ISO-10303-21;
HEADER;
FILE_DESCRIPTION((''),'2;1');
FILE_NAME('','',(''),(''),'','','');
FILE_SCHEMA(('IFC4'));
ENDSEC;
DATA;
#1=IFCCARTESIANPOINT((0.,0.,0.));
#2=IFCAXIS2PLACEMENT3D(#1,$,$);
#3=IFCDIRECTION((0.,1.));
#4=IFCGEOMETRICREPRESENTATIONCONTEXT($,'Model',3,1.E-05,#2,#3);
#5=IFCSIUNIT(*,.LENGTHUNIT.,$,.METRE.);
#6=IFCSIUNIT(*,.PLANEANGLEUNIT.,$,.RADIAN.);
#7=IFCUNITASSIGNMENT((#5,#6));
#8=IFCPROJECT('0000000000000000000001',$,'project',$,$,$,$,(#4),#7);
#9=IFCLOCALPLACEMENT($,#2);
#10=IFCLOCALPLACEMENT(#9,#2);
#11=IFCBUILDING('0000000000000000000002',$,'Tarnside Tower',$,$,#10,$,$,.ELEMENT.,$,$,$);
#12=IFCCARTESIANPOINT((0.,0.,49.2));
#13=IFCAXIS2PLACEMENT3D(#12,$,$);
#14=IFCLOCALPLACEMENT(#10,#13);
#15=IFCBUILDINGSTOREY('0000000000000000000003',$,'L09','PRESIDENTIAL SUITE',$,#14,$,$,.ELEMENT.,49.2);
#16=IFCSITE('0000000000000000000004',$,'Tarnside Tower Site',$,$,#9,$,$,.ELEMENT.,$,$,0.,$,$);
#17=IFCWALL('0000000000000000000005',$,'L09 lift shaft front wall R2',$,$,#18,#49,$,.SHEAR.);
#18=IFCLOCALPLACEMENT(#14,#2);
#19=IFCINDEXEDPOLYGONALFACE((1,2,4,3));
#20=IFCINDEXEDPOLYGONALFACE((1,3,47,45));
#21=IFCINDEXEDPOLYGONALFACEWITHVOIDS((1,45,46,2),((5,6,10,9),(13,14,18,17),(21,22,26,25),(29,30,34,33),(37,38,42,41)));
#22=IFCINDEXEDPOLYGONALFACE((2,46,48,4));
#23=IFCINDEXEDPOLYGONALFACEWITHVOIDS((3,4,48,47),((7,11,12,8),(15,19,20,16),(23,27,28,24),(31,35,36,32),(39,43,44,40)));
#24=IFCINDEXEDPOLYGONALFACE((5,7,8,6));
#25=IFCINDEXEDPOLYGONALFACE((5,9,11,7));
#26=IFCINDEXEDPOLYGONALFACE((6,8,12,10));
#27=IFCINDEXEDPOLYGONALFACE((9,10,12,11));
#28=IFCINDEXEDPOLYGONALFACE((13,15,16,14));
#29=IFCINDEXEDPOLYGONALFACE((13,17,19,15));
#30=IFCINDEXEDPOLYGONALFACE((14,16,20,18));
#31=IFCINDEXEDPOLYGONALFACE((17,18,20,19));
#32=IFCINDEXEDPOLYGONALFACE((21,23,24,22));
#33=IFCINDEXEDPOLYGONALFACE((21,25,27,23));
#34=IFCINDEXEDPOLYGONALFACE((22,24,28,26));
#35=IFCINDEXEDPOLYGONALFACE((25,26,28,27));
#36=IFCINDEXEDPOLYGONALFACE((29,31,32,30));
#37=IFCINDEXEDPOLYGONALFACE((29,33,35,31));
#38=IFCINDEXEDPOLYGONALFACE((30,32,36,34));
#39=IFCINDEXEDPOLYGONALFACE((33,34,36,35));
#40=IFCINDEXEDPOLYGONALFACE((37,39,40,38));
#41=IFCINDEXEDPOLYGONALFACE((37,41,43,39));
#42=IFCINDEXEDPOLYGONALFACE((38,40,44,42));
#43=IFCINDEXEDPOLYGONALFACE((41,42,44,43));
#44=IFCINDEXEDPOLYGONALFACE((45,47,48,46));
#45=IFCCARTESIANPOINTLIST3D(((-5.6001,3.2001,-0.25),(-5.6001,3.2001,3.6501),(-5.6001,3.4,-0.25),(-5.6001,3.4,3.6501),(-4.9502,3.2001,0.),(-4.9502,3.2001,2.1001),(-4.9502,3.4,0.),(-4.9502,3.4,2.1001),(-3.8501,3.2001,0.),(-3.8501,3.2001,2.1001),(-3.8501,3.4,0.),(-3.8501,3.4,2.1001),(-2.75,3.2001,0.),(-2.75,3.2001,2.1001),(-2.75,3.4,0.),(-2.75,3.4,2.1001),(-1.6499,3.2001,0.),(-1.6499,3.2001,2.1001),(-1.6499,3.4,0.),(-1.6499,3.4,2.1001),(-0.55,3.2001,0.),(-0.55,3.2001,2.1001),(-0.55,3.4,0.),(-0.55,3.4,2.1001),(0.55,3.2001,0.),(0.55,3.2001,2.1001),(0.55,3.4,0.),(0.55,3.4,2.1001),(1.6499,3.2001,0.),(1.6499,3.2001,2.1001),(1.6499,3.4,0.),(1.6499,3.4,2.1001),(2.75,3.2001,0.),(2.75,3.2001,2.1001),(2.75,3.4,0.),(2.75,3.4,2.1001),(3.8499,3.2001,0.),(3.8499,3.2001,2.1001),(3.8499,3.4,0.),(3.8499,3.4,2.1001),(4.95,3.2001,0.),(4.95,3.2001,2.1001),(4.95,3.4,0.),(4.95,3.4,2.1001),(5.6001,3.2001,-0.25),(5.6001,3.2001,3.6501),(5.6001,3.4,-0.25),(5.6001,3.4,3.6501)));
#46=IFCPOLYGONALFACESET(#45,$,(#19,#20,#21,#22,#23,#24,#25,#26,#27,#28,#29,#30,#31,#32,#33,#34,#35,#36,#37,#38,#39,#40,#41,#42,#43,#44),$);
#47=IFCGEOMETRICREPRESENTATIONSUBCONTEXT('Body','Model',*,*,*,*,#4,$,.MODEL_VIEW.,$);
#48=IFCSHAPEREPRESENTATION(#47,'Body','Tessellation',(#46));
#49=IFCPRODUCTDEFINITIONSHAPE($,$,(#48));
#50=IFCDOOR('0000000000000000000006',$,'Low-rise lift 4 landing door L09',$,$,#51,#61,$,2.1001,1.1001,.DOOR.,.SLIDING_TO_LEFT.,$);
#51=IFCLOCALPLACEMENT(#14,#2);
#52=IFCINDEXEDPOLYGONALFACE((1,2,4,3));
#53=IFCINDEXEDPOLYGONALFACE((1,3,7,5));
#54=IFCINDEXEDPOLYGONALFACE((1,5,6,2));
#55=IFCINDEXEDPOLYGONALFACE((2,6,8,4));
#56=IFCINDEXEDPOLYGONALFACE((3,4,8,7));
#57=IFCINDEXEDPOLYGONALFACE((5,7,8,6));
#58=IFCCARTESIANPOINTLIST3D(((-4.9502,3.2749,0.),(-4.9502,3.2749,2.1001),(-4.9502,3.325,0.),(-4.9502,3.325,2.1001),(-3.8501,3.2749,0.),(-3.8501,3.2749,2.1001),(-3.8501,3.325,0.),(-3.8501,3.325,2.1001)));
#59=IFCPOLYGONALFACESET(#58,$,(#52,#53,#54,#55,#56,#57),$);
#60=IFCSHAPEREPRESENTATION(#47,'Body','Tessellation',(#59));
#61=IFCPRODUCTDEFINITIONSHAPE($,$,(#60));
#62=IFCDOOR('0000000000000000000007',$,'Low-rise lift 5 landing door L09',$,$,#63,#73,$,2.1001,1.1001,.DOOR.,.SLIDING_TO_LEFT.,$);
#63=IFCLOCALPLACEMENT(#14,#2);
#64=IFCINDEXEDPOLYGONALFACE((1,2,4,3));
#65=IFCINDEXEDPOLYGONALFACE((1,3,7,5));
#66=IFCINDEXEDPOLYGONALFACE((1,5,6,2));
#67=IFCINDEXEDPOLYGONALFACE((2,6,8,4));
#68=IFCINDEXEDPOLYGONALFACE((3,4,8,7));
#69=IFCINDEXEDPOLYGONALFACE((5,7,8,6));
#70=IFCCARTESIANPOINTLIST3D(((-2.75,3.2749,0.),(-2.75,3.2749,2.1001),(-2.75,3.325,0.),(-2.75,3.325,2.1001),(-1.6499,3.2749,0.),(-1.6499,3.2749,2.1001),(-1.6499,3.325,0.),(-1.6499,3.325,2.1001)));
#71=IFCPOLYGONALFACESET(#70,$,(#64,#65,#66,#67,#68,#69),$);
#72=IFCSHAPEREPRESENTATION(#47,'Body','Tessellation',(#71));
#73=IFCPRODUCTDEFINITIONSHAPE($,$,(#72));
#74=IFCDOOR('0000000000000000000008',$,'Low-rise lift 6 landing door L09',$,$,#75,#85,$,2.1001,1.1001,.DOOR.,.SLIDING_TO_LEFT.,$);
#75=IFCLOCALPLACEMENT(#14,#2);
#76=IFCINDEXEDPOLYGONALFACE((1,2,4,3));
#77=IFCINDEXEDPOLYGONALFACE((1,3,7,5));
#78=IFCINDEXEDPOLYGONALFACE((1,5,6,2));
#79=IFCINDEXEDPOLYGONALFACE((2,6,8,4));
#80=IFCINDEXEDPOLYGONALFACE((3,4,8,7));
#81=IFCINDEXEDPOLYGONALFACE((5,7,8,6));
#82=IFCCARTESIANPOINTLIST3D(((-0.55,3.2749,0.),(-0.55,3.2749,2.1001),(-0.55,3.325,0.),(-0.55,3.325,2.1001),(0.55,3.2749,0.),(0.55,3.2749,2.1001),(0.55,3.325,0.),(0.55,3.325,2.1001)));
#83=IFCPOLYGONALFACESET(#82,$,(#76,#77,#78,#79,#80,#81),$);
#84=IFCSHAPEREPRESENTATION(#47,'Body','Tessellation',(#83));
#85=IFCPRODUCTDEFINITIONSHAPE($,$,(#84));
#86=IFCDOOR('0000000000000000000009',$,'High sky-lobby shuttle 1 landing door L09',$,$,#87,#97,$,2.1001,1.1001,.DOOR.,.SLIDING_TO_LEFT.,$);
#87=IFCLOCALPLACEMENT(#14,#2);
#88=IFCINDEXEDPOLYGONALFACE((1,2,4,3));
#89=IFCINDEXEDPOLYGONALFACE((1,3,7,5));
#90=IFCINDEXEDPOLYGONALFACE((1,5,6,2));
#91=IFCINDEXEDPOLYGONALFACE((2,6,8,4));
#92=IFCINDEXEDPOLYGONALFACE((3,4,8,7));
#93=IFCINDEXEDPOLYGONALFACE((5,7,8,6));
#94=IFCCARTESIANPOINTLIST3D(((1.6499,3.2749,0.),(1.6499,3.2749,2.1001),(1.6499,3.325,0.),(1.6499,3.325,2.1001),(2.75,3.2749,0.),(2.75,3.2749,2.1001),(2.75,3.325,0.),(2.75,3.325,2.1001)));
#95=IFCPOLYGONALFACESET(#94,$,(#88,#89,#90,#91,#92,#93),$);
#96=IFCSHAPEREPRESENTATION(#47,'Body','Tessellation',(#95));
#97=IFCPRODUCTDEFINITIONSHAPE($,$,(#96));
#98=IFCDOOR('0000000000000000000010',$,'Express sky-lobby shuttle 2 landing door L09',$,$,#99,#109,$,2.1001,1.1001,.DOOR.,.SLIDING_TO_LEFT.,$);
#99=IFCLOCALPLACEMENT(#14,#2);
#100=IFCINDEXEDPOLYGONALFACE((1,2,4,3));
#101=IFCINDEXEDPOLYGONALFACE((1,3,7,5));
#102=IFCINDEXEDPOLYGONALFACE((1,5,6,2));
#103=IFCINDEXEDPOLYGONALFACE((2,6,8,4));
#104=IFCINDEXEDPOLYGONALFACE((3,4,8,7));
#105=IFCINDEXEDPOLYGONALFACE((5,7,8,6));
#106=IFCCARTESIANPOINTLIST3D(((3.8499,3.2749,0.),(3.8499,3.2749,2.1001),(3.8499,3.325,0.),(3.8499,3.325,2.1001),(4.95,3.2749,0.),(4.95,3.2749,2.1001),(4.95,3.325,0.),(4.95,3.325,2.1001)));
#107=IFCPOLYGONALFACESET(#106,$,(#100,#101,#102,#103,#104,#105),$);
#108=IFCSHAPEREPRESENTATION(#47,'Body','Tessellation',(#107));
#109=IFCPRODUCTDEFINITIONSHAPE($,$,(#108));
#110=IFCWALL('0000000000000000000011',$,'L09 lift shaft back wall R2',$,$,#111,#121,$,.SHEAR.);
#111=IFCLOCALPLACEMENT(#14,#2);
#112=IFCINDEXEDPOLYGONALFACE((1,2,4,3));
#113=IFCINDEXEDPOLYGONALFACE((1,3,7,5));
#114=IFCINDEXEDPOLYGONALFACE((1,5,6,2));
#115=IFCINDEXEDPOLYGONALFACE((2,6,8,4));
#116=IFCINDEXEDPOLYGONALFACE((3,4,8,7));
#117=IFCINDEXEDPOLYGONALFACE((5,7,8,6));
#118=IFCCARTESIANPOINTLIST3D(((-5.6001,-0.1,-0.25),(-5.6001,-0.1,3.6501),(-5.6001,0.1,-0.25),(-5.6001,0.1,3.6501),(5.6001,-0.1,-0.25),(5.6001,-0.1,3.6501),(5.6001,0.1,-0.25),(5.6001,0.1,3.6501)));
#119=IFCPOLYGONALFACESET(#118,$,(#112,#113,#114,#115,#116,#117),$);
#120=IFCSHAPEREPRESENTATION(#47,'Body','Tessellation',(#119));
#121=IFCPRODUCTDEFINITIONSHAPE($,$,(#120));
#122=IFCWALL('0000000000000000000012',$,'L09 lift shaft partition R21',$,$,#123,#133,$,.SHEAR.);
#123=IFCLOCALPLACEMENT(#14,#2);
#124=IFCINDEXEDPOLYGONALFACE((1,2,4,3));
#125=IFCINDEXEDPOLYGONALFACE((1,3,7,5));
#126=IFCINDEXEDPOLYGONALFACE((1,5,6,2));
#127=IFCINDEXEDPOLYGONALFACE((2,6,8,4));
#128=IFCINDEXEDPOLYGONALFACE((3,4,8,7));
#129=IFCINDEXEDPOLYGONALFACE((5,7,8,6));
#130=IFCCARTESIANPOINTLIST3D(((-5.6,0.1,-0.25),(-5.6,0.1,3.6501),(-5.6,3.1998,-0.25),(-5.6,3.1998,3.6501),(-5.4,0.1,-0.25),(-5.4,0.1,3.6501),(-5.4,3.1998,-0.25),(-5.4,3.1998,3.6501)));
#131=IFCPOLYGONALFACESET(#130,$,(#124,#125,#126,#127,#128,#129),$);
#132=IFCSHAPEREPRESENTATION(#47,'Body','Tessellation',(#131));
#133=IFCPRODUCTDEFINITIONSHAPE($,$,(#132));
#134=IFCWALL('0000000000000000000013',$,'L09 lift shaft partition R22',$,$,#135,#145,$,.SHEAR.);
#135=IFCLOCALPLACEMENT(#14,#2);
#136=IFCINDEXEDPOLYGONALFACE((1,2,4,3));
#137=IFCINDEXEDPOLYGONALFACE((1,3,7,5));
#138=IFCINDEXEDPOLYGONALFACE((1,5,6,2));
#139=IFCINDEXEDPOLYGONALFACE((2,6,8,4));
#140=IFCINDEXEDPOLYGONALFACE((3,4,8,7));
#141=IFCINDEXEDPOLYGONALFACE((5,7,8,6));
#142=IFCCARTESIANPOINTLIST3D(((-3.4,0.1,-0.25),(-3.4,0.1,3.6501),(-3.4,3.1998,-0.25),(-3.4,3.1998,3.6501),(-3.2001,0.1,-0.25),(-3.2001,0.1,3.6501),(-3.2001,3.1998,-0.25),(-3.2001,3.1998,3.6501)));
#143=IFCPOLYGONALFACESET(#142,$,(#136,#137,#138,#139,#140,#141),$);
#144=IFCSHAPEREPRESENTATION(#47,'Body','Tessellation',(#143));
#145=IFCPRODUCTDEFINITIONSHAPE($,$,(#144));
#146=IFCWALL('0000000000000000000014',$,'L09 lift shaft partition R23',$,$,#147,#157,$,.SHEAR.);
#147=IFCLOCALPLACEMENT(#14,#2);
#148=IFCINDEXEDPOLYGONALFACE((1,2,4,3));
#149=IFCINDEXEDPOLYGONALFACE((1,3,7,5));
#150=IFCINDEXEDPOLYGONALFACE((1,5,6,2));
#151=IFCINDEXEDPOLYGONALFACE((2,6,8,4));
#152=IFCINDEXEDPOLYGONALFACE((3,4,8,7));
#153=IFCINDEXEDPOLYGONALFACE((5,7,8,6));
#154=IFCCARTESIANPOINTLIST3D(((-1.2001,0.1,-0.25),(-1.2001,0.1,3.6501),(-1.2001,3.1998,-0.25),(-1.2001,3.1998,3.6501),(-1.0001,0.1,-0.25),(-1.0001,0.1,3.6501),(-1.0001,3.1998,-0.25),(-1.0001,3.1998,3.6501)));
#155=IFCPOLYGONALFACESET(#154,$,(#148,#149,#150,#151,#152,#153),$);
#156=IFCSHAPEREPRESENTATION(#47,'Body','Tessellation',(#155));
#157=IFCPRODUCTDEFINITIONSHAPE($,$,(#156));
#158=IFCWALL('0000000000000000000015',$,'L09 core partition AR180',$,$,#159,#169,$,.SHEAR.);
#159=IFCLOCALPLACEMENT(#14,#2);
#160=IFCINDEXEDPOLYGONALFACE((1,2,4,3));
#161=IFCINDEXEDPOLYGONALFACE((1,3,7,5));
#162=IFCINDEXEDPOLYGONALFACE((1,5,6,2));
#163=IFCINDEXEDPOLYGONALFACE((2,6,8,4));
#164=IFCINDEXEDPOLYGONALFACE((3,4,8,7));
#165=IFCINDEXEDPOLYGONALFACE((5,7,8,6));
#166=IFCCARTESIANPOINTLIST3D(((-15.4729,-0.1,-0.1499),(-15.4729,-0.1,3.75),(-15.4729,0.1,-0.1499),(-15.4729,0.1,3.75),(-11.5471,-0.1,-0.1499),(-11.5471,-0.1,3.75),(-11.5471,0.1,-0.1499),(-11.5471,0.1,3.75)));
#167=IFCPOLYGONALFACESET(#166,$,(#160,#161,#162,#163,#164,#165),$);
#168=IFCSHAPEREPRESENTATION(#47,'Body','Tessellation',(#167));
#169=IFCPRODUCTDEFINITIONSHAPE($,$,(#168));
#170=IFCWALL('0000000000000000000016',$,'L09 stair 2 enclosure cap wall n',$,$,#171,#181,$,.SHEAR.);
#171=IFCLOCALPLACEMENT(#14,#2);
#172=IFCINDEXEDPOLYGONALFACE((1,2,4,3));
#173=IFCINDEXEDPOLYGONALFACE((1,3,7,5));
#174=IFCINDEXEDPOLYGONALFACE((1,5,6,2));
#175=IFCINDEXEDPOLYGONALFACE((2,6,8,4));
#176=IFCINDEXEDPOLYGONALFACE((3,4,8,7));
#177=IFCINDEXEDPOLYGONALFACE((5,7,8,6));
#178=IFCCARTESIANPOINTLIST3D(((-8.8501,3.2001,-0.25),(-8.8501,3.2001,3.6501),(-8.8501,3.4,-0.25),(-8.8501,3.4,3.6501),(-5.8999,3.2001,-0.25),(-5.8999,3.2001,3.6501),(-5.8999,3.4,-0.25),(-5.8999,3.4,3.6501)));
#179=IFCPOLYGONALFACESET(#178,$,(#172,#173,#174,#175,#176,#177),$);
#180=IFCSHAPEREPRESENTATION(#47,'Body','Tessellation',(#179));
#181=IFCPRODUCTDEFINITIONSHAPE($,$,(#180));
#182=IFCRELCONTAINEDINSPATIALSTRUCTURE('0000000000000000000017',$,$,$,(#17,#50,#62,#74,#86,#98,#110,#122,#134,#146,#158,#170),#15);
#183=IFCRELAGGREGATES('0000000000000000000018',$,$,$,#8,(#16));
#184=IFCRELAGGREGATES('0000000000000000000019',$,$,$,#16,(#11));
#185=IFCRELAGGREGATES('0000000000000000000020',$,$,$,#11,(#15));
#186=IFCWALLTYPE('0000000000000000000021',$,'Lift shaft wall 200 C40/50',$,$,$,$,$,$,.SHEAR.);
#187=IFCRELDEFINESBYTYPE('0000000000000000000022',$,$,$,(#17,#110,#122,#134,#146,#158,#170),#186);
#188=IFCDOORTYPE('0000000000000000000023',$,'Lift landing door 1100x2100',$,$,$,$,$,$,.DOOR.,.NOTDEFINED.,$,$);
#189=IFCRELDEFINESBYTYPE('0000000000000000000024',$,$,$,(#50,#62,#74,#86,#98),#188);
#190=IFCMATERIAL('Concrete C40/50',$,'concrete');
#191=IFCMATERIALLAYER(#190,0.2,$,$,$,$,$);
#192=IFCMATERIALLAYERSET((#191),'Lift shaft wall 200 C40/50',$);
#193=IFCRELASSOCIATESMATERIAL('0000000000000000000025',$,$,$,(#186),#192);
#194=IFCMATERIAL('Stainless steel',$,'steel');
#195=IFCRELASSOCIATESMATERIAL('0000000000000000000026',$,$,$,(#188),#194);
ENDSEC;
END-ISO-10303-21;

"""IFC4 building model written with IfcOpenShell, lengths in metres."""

from ifc_helpers import new_model, si_unit, direction, frame, frame_2d, origin, place, context, subcontext, project, spatial, rectangle, extrude, material, layer, layer_set, type_object, element, fill, save


model = new_model("IFC4")

# Units and contexts
model_context = context("Model", 3, precision=1e-05, world=origin(), true_north=direction((0.0, 1.0)))
body_context = subcontext(model_context, "Body", "Model", "MODEL_VIEW")
ifc_project = project(units=[si_unit("LENGTHUNIT", "METRE"), si_unit("PLANEANGLEUNIT", "RADIAN")], contexts=[model_context])

# Site, building, storey
site_placement = place(None, origin())
site = spatial("IfcSite", under=ifc_project, at=site_placement, Name="Tarnside Tower Site", CompositionType="ELEMENT", RefElevation=0.0)
building_placement = place(site_placement, origin())
building = spatial("IfcBuilding", under=site, at=building_placement, Name="Tarnside Tower", CompositionType="ELEMENT")
storey_placement = place(building_placement, frame((0.0, 0.0, 49.2)))
storey = spatial("IfcBuildingStorey", under=building, at=storey_placement, Name="L09", Description="PRESIDENTIAL SUITE", CompositionType="ELEMENT", Elevation=49.2)

# Wall, openings, doors
ifc_material_1 = material(Name="Concrete C40/50", Category="concrete")
ifc_layer_1 = layer(ifc_material_1, 0.2)
ifc_layer_set_1 = layer_set([ifc_layer_1], Name="Lift shaft wall 200 C40/50")
wall_type_1 = type_object("IfcWallType", Name="Lift shaft wall 200 C40/50", PredefinedType="SHEAR", material=ifc_layer_set_1)
wall_1_placement = place(storey_placement, frame((-5.6001, 3.3, -0.25), z_axis=(0.0, 0.0, 1.0), x_axis=(1.0, 0.0, 0.0)))
wall_1 = element("IfcWall", 1, at=wall_1_placement, inside=storey, type_object=wall_type_1, Name="L09 lift shaft front wall R2", PredefinedType="SHEAR", context=body_context, shape_type="SweptSolid", body=[
    extrude(rectangle(XDim=11.2002, YDim=0.2, at=frame_2d((5.6001, 0.0))), origin(), (0.0, 0.0, 1.0), 3.9001),
])
opening_1_placement = place(wall_1_placement, frame((0.6499, 0.0, 0.25)))
opening_1 = element("IfcOpeningElement", 2, at=opening_1_placement, cuts=wall_1, PredefinedType="OPENING", context=body_context, shape_type="SweptSolid", body=[
    extrude(rectangle(XDim=1.1001, YDim=2.1001, at=frame_2d((0.55, 1.05))), frame((0.0, 0.1099, 0.0), z_axis=(0.0, -1.0, 0.0), x_axis=(1.0, 0.0, 0.0)), (0.0, 0.0, 1.0), 0.22),
])
opening_2_placement = place(wall_1_placement, frame((2.8501, 0.0, 0.25)))
opening_2 = element("IfcOpeningElement", 3, at=opening_2_placement, cuts=wall_1, PredefinedType="OPENING", context=body_context, shape_type="SweptSolid", body=[
    extrude(rectangle(XDim=1.1001, YDim=2.1001, at=frame_2d((0.55, 1.05))), frame((0.0, 0.1099, 0.0), z_axis=(0.0, -1.0, 0.0), x_axis=(1.0, 0.0, 0.0)), (0.0, 0.0, 1.0), 0.22),
])
opening_3_placement = place(wall_1_placement, frame((5.05, 0.0, 0.25)))
opening_3 = element("IfcOpeningElement", 4, at=opening_3_placement, cuts=wall_1, PredefinedType="OPENING", context=body_context, shape_type="SweptSolid", body=[
    extrude(rectangle(XDim=1.1001, YDim=2.1001, at=frame_2d((0.55, 1.05))), frame((0.0, 0.1099, 0.0), z_axis=(0.0, -1.0, 0.0), x_axis=(1.0, 0.0, 0.0)), (0.0, 0.0, 1.0), 0.22),
])
opening_4_placement = place(wall_1_placement, frame((7.25, 0.0, 0.25)))
opening_4 = element("IfcOpeningElement", 5, at=opening_4_placement, cuts=wall_1, PredefinedType="OPENING", context=body_context, shape_type="SweptSolid", body=[
    extrude(rectangle(XDim=1.1001, YDim=2.1001, at=frame_2d((0.55, 1.05))), frame((0.0, 0.1099, 0.0), z_axis=(0.0, -1.0, 0.0), x_axis=(1.0, 0.0, 0.0)), (0.0, 0.0, 1.0), 0.22),
])
opening_5_placement = place(wall_1_placement, frame((9.45, 0.0, 0.25)))
opening_5 = element("IfcOpeningElement", 6, at=opening_5_placement, cuts=wall_1, PredefinedType="OPENING", context=body_context, shape_type="SweptSolid", body=[
    extrude(rectangle(XDim=1.1001, YDim=2.1001, at=frame_2d((0.55, 1.05))), frame((0.0, 0.1099, 0.0), z_axis=(0.0, -1.0, 0.0), x_axis=(1.0, 0.0, 0.0)), (0.0, 0.0, 1.0), 0.22),
])
ifc_material_2 = material(Name="Stainless steel", Category="steel")
door_type_1 = type_object("IfcDoorType", Name="Lift landing door 1100x2100", OperationType="NOTDEFINED", PredefinedType="DOOR", material=ifc_material_2)
door_1_placement = place(opening_1_placement, origin())
door_1 = element("IfcDoor", 7, at=door_1_placement, inside=storey, type_object=door_type_1, Name="Low-rise lift 4 landing door L09", OperationType="SLIDING_TO_LEFT", OverallHeight=2.1001, OverallWidth=1.1001, PredefinedType="DOOR", context=body_context, shape_type="SweptSolid", body=[
    extrude(rectangle(XDim=1.1001, YDim=2.1001, at=frame_2d((0.55, 1.05))), frame((0.0, 0.0249, 0.0), z_axis=(0.0, -1.0, 0.0), x_axis=(1.0, 0.0, 0.0)), (0.0, 0.0, 1.0), 0.05),
])
fill(opening_1, door_1)
door_2_placement = place(opening_2_placement, origin())
door_2 = element("IfcDoor", 8, at=door_2_placement, inside=storey, type_object=door_type_1, Name="Low-rise lift 5 landing door L09", OperationType="SLIDING_TO_LEFT", OverallHeight=2.1001, OverallWidth=1.1001, PredefinedType="DOOR", context=body_context, shape_type="SweptSolid", body=[
    extrude(rectangle(XDim=1.1001, YDim=2.1001, at=frame_2d((0.55, 1.05))), frame((0.0, 0.0249, 0.0), z_axis=(0.0, -1.0, 0.0), x_axis=(1.0, 0.0, 0.0)), (0.0, 0.0, 1.0), 0.05),
])
fill(opening_2, door_2)
door_3_placement = place(opening_3_placement, origin())
door_3 = element("IfcDoor", 9, at=door_3_placement, inside=storey, type_object=door_type_1, Name="Low-rise lift 6 landing door L09", OperationType="SLIDING_TO_LEFT", OverallHeight=2.1001, OverallWidth=1.1001, PredefinedType="DOOR", context=body_context, shape_type="SweptSolid", body=[
    extrude(rectangle(XDim=1.1001, YDim=2.1001, at=frame_2d((0.55, 1.05))), frame((0.0, 0.0249, 0.0), z_axis=(0.0, -1.0, 0.0), x_axis=(1.0, 0.0, 0.0)), (0.0, 0.0, 1.0), 0.05),
])
fill(opening_3, door_3)
door_4_placement = place(opening_4_placement, origin())
door_4 = element("IfcDoor", 10, at=door_4_placement, inside=storey, type_object=door_type_1, Name="High sky-lobby shuttle 1 landing door L09", OperationType="SLIDING_TO_LEFT", OverallHeight=2.1001, OverallWidth=1.1001, PredefinedType="DOOR", context=body_context, shape_type="SweptSolid", body=[
    extrude(rectangle(XDim=1.1001, YDim=2.1001, at=frame_2d((0.55, 1.05))), frame((0.0, 0.0249, 0.0), z_axis=(0.0, -1.0, 0.0), x_axis=(1.0, 0.0, 0.0)), (0.0, 0.0, 1.0), 0.05),
])
fill(opening_4, door_4)
door_5_placement = place(opening_5_placement, origin())
door_5 = element("IfcDoor", 11, at=door_5_placement, inside=storey, type_object=door_type_1, Name="Express sky-lobby shuttle 2 landing door L09", OperationType="SLIDING_TO_LEFT", OverallHeight=2.1001, OverallWidth=1.1001, PredefinedType="DOOR", context=body_context, shape_type="SweptSolid", body=[
    extrude(rectangle(XDim=1.1001, YDim=2.1001, at=frame_2d((0.55, 1.05))), frame((0.0, 0.0249, 0.0), z_axis=(0.0, -1.0, 0.0), x_axis=(1.0, 0.0, 0.0)), (0.0, 0.0, 1.0), 0.05),
])
fill(opening_5, door_5)

# Walls
wall_2_placement = place(storey_placement, frame((-5.6001, 0.0, -0.25), z_axis=(0.0, 0.0, 1.0), x_axis=(1.0, 0.0, 0.0)))
element("IfcWall", 12, at=wall_2_placement, inside=storey, type_object=wall_type_1, Name="L09 lift shaft back wall R2", PredefinedType="SHEAR", context=body_context, shape_type="SweptSolid", body=[
    extrude(rectangle(XDim=11.2002, YDim=0.2, at=frame_2d((5.6001, 0.0))), origin(), (0.0, 0.0, 1.0), 3.9001),
])
for number, where, z_axis, x_axis, name in (
    (13, (-5.5, 0.1001, -0.25), (0.0, 0.0, 1.0), (0.0, 1.0, 0.0), "L09 lift shaft partition R21"),
    (14, (-3.3, 0.1001, -0.25), (0.0, 0.0, 1.0), (0.0, 1.0, 0.0), "L09 lift shaft partition R22"),
    (15, (-1.1001, 0.1001, -0.25), (0.0, 0.0, 1.0), (0.0, 1.0, 0.0), "L09 lift shaft partition R23"),
):
    element("IfcWall", number, at=place(storey_placement, frame(where, z_axis=z_axis, x_axis=x_axis)), inside=storey, type_object=wall_type_1, Name=name, PredefinedType="SHEAR", context=body_context, shape_type="SweptSolid", body=[
        extrude(rectangle(XDim=3.0999, YDim=0.2, at=frame_2d((1.5498, 0.0))), origin(), (0.0, 0.0, 1.0), 3.9001),
    ])
wall_3_placement = place(storey_placement, frame((-11.5471, 0.0, -0.1499), z_axis=(0.0, 0.0, 1.0), x_axis=(-1.0, 0.0, 0.0)))
element("IfcWall", 16, at=wall_3_placement, inside=storey, type_object=wall_type_1, Name="L09 core partition AR180", PredefinedType="SHEAR", context=body_context, shape_type="SweptSolid", body=[
    extrude(rectangle(XDim=3.9258, YDim=0.2, at=frame_2d((1.9629, 0.0))), origin(), (0.0, 0.0, 1.0), 3.8999),
])
wall_4_placement = place(storey_placement, frame((-8.8501, 3.3, -0.25), z_axis=(0.0, 0.0, 1.0), x_axis=(1.0, 0.0, 0.0)))
element("IfcWall", 17, at=wall_4_placement, inside=storey, type_object=wall_type_1, Name="L09 stair 2 enclosure cap wall n", PredefinedType="SHEAR", context=body_context, shape_type="SweptSolid", body=[
    extrude(rectangle(XDim=2.9502, YDim=0.2, at=frame_2d((1.4751, 0.0))), origin(), (0.0, 0.0, 1.0), 3.9001),
])

save(model, "model.ifc")
